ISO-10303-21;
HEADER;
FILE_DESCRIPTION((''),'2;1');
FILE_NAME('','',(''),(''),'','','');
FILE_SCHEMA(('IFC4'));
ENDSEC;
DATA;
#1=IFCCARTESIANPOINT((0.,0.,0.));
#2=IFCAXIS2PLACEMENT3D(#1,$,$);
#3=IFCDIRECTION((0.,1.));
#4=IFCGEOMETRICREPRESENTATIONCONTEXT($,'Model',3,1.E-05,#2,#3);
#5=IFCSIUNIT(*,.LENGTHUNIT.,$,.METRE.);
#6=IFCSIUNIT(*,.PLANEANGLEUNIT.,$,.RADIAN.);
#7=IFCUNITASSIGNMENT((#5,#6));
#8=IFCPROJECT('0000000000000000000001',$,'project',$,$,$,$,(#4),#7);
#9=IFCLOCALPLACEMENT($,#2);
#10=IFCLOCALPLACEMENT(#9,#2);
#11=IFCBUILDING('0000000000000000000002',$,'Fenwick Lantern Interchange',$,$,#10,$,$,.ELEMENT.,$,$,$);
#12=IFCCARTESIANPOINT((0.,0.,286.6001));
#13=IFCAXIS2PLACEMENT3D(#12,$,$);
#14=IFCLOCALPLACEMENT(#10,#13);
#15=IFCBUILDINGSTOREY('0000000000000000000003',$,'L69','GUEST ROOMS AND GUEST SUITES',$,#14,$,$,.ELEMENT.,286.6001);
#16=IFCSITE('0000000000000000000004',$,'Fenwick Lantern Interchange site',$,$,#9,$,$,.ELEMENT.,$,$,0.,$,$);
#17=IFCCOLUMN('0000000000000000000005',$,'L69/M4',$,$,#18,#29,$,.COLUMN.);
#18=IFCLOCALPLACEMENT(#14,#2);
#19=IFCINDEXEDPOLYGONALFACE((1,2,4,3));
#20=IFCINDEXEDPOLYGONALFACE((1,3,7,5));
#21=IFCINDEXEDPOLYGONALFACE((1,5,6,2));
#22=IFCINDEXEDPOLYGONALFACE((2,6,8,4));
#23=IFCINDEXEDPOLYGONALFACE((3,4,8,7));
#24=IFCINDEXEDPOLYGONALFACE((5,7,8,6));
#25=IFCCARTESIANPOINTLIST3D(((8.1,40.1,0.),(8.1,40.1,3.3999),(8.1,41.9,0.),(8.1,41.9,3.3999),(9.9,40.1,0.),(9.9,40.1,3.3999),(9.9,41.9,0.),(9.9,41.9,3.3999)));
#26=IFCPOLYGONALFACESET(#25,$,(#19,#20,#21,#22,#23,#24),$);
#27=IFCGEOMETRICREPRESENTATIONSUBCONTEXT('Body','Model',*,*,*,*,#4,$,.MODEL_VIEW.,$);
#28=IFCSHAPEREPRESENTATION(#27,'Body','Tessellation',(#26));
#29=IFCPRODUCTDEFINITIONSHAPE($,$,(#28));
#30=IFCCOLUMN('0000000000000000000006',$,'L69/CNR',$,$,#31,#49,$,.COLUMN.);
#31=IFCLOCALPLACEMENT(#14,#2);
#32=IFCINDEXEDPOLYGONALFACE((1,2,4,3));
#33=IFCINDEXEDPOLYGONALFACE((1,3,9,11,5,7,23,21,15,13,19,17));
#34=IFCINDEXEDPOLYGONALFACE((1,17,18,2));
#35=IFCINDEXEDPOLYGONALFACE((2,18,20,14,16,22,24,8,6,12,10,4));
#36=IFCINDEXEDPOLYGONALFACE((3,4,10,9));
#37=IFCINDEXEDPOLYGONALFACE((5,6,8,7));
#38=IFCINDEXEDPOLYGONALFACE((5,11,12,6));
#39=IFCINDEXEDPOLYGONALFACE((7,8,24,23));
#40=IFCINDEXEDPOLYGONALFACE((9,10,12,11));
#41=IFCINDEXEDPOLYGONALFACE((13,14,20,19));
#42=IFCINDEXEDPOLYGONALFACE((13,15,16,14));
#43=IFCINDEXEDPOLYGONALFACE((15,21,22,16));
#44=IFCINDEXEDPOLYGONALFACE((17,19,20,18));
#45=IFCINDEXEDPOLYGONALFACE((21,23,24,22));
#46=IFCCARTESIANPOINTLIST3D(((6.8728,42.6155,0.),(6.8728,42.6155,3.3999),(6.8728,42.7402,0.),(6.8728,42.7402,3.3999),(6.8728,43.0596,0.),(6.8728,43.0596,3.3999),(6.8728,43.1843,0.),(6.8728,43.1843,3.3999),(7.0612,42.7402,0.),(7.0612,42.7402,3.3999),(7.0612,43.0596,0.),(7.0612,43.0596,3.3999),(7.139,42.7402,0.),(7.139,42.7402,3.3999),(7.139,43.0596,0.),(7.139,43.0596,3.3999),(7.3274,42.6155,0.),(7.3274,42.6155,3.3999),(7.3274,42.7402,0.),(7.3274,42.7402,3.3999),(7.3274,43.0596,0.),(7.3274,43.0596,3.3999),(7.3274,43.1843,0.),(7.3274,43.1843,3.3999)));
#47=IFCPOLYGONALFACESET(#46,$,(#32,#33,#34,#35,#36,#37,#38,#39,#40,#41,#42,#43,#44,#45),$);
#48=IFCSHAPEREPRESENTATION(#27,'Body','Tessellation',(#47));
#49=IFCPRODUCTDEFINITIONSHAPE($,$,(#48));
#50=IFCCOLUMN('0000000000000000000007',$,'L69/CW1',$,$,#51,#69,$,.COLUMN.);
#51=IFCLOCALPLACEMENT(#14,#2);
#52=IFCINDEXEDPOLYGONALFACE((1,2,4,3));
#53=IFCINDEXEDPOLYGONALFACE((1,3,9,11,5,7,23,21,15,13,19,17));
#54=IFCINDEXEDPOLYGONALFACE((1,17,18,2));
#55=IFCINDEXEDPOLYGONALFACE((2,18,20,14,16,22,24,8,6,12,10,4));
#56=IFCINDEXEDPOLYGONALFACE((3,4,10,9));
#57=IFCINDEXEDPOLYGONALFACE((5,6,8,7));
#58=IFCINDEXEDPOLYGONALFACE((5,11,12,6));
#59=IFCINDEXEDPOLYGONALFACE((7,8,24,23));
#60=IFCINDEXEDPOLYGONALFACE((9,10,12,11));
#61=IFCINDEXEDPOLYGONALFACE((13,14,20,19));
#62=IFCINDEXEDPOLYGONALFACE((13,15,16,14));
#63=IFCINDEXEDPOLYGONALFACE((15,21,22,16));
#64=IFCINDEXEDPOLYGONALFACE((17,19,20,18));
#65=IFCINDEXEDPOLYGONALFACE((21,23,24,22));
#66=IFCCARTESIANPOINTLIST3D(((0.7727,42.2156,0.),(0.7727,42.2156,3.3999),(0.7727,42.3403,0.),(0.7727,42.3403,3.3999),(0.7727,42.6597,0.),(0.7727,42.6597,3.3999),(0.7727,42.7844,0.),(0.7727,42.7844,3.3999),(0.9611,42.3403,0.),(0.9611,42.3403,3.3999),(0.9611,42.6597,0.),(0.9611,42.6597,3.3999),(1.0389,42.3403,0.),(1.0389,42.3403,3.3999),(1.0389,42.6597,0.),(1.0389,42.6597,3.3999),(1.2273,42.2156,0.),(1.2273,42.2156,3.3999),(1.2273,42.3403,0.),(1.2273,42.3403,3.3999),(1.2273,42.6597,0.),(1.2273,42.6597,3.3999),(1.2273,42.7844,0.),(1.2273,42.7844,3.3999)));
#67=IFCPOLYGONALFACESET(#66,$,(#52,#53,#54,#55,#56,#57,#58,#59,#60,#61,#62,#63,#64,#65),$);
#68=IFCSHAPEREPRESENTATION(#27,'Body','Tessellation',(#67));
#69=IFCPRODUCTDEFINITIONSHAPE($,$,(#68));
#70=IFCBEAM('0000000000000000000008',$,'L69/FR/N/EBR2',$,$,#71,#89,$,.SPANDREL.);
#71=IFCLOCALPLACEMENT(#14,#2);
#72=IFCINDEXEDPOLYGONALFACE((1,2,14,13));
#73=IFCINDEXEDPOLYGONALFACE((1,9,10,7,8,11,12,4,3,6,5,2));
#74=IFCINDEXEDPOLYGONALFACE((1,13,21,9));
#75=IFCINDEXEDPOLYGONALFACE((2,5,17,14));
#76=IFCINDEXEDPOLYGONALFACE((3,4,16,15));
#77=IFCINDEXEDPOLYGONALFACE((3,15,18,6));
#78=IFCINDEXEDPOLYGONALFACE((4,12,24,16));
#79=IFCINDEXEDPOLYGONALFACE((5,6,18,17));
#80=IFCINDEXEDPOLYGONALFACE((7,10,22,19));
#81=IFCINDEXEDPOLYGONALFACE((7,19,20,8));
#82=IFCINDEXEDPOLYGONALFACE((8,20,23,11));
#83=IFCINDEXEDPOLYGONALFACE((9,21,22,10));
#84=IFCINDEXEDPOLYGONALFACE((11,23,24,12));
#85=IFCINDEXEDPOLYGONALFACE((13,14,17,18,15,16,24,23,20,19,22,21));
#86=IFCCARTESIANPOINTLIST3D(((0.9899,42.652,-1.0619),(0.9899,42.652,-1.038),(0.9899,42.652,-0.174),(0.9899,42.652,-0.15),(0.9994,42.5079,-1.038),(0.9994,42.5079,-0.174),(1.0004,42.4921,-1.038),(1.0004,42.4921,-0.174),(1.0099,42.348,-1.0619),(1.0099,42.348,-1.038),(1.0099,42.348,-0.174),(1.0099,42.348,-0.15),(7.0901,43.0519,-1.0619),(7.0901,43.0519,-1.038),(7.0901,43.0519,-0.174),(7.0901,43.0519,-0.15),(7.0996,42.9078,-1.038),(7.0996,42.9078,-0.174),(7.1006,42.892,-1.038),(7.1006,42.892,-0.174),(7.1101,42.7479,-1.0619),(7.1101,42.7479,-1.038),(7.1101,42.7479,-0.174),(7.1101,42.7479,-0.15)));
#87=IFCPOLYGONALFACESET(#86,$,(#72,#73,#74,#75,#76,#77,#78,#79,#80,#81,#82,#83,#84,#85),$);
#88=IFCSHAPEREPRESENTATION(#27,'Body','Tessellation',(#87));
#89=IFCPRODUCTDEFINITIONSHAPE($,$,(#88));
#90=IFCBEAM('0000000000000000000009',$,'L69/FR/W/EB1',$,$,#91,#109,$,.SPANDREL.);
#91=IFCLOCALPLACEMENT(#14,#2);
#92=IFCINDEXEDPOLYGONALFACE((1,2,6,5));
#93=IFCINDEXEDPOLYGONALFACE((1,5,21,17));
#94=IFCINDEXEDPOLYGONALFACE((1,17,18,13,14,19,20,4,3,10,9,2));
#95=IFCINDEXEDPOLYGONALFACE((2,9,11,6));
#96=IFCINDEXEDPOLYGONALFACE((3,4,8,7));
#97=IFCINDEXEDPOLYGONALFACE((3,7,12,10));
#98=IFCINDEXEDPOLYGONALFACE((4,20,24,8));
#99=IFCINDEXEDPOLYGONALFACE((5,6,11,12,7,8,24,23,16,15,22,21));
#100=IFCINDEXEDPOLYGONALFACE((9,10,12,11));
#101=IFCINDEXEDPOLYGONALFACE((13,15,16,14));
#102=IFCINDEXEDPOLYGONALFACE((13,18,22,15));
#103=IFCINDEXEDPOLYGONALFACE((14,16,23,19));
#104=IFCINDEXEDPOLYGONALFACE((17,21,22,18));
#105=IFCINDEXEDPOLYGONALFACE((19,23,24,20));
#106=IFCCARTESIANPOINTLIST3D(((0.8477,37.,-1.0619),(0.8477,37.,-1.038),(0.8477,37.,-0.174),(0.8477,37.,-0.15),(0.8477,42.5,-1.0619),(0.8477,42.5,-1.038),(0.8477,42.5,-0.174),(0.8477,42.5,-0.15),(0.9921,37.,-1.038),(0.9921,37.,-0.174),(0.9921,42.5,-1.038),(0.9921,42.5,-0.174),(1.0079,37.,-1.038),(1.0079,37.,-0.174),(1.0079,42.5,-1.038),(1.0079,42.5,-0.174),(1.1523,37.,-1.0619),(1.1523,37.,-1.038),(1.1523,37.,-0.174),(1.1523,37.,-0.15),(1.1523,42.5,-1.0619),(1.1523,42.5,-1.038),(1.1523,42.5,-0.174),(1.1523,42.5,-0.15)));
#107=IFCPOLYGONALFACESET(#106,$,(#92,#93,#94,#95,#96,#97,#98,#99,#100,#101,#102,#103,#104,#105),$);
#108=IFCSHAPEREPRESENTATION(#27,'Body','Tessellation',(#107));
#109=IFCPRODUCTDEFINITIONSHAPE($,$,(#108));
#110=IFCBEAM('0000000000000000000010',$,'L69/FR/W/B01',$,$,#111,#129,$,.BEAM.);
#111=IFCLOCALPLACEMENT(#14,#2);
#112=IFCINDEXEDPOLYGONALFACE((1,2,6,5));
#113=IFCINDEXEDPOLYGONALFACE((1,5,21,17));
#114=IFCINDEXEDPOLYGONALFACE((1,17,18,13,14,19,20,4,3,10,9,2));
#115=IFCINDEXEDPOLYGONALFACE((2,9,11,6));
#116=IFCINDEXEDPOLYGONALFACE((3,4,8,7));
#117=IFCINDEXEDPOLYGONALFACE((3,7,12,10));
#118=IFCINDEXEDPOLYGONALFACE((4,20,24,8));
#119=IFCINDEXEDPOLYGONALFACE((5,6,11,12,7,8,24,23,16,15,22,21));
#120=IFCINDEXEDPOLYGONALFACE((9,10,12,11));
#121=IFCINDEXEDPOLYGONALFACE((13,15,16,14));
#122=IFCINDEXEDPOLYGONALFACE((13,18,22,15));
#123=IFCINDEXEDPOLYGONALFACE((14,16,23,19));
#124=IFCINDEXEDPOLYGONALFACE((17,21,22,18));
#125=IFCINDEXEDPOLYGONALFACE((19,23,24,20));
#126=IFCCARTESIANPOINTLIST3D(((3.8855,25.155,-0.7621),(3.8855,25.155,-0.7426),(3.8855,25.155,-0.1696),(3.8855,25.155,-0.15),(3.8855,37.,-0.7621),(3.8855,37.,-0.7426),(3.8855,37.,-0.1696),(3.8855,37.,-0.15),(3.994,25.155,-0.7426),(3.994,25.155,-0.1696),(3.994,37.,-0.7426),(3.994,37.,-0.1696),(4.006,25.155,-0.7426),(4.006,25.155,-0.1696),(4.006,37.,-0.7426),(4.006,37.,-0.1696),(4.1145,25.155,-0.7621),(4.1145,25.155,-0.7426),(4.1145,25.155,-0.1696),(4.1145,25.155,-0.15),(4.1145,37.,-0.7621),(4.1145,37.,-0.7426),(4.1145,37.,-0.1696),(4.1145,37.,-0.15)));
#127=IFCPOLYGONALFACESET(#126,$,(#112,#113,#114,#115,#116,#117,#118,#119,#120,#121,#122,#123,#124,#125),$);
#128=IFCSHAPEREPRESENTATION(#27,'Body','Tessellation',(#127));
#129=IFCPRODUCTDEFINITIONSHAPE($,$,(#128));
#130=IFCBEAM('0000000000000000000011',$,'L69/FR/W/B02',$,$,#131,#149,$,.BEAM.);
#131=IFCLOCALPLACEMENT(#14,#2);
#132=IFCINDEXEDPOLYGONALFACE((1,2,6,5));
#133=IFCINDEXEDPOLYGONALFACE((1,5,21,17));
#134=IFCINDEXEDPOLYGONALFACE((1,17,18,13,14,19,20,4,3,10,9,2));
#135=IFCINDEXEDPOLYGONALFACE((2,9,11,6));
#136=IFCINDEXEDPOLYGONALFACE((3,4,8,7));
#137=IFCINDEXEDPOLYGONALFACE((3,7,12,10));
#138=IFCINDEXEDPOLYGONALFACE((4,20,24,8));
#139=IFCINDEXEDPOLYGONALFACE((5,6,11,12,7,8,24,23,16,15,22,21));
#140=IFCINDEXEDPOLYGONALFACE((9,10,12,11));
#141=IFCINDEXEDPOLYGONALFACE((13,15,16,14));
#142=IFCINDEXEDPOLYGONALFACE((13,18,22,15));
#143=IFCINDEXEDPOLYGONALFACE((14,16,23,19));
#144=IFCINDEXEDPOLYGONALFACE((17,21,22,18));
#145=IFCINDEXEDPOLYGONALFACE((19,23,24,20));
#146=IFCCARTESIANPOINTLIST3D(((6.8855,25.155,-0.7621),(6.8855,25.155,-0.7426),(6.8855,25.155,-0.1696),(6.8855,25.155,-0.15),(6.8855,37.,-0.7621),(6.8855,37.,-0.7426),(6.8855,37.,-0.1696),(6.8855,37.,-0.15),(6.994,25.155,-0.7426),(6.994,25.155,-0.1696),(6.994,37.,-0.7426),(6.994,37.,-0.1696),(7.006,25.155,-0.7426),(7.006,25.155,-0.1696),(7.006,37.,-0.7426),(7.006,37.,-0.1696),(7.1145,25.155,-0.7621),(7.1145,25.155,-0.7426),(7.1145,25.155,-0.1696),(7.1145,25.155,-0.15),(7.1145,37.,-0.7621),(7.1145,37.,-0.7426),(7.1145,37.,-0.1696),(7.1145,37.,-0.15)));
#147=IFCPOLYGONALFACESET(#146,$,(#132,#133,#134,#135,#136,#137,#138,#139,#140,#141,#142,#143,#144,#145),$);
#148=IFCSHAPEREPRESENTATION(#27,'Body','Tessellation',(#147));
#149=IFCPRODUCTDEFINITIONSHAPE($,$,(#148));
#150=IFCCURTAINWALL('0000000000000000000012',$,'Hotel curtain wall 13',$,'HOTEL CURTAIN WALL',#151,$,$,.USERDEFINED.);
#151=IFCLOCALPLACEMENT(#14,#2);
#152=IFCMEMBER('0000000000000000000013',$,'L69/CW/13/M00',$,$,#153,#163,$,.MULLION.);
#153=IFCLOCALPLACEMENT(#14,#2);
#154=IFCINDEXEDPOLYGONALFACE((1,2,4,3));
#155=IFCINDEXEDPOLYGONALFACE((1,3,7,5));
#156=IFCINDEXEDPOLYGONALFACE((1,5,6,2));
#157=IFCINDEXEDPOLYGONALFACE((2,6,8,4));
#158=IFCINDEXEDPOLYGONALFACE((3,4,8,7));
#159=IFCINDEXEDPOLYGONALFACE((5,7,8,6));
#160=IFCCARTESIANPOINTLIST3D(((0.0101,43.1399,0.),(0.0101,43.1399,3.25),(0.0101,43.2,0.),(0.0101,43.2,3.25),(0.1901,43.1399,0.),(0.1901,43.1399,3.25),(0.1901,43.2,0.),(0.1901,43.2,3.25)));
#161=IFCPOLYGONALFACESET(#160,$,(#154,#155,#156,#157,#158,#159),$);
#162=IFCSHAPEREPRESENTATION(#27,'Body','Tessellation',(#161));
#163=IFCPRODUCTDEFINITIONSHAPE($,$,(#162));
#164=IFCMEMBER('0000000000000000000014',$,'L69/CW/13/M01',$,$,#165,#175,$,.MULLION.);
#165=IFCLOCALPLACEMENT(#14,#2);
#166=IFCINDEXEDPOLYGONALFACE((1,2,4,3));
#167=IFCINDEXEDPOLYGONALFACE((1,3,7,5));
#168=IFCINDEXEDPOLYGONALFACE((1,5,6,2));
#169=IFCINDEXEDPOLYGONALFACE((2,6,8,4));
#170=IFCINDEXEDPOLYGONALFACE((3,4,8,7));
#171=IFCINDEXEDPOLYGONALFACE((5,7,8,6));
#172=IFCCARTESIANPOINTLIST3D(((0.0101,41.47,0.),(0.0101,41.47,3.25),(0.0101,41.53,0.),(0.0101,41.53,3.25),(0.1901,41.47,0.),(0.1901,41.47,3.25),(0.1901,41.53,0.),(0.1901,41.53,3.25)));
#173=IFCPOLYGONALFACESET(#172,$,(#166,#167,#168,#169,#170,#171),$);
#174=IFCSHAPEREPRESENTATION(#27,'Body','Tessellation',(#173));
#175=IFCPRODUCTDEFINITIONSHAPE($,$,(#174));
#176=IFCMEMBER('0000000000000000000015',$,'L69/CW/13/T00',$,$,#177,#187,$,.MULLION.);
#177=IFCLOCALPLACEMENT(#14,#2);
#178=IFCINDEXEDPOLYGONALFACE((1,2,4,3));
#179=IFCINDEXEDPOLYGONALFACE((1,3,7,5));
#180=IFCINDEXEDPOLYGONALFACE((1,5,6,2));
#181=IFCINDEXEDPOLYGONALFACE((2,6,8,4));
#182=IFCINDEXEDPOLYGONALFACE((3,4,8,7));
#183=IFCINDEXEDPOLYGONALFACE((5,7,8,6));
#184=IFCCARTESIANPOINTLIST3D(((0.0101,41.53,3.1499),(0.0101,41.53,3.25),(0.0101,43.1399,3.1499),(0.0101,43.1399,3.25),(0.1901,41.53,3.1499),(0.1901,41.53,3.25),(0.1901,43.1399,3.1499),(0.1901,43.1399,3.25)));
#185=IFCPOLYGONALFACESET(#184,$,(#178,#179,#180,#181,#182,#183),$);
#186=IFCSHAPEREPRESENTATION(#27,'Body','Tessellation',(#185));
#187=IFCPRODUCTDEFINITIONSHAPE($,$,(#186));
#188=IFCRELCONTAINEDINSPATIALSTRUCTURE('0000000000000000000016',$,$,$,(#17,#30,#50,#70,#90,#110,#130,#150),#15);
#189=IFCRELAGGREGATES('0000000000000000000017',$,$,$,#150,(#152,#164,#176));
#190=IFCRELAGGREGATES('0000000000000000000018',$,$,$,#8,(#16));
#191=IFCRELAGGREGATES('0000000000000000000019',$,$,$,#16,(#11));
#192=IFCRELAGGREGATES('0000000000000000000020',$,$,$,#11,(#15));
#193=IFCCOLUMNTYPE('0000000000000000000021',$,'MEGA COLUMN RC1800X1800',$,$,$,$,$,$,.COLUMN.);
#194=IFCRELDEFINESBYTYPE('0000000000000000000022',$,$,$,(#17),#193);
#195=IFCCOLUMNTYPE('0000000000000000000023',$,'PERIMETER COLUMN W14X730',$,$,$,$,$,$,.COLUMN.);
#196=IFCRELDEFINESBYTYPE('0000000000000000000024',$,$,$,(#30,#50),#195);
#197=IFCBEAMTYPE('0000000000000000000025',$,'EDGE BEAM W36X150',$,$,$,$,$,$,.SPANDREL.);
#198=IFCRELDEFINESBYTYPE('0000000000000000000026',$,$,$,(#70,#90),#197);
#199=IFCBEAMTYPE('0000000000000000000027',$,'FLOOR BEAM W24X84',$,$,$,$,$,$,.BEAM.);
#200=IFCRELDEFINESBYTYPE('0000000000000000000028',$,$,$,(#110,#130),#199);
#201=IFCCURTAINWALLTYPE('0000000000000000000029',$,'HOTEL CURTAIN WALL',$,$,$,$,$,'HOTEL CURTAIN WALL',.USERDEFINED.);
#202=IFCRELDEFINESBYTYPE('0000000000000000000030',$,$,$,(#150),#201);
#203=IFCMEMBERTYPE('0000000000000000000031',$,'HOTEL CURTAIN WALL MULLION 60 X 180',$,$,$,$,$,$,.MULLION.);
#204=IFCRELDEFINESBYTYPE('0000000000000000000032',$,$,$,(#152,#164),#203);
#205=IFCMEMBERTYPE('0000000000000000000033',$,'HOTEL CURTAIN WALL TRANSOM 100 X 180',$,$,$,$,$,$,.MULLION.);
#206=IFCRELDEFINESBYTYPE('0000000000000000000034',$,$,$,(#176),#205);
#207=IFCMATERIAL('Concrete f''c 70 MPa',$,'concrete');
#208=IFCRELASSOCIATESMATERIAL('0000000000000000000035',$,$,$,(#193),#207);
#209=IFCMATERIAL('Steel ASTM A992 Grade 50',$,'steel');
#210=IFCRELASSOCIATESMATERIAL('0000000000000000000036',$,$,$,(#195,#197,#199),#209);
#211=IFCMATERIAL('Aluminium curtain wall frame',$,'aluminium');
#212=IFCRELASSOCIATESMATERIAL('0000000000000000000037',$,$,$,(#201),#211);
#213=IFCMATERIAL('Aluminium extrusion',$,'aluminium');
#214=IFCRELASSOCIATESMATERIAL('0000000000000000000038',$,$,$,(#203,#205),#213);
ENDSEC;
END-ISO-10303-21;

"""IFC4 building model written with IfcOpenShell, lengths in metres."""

from ifc_helpers import new_model, si_unit, direction, frame, origin, origin_2d, place, context, subcontext, project, spatial, rectangle, i_section, extrude, material, material_profile, profile_set, type_object, element, aggregate, save


model = new_model("IFC4")

# Units and contexts
model_context = context("Model", 3, precision=1e-05, world=origin(), true_north=direction((0.0, 1.0)))
body_context = subcontext(model_context, "Body", "Model", "MODEL_VIEW")
ifc_project = project(units=[si_unit("LENGTHUNIT", "METRE"), si_unit("PLANEANGLEUNIT", "RADIAN")], contexts=[model_context])

# Site, building, storey
site_placement = place(None, origin())
site = spatial("IfcSite", under=ifc_project, at=site_placement, Name="Fenwick Lantern Interchange site", CompositionType="ELEMENT", RefElevation=0.0)
building_placement = place(site_placement, origin())
building = spatial("IfcBuilding", under=site, at=building_placement, Name="Fenwick Lantern Interchange", CompositionType="ELEMENT")
storey_placement = place(building_placement, frame((0.0, 0.0, 286.6001)))
storey = spatial("IfcBuildingStorey", under=building, at=storey_placement, Name="L69", Description="GUEST ROOMS AND GUEST SUITES", CompositionType="ELEMENT", Elevation=286.6001)

# Columns
ifc_material_1 = material(Name="Concrete f'c 70 MPa", Category="concrete")
ifc_material_profile_1 = material_profile(ifc_material_1, rectangle(XDim=1.8, YDim=1.8, at=origin_2d()), Name="RC1800X1800")
ifc_profile_set_1 = profile_set([ifc_material_profile_1], Name="Concrete f'c 70 MPa")
column_type_1 = type_object("IfcColumnType", Name="MEGA COLUMN RC1800X1800", PredefinedType="COLUMN", material=ifc_profile_set_1)
column_placement = place(storey_placement, frame((9.0, 41.0, 0.0), z_axis=(0.0, 0.0, 1.0), x_axis=(1.0, 0.0, 0.0)))
element("IfcColumn", 1, at=column_placement, inside=storey, type_object=column_type_1, Name="L69/M4", PredefinedType="COLUMN", context=body_context, shape_type="SweptSolid", body=[
    extrude(rectangle(XDim=1.8, YDim=1.8, at=origin_2d()), origin(), (0.0, 0.0, 1.0), 3.3999),
])
ifc_material_2 = material(Name="Steel ASTM A992 Grade 50", Category="steel")
ifc_material_profile_2 = material_profile(ifc_material_2, i_section(OverallWidth=0.4546, OverallDepth=0.5688, WebThickness=0.0779, FlangeThickness=0.1248, at=origin_2d()), Name="W14X730")
ifc_profile_set_2 = profile_set([ifc_material_profile_2], Name="Steel ASTM A992 Grade 50")
column_type_2 = type_object("IfcColumnType", Name="PERIMETER COLUMN W14X730", PredefinedType="COLUMN", material=ifc_profile_set_2)
for number, where, z_axis, x_axis, name in (
    (2, (7.1001, 42.8999, 0.0), (0.0, 0.0, 1.0), (1.0, 0.0, 0.0), "L69/CNR"),
    (3, (1.0, 42.5, 0.0), (0.0, 0.0, 1.0), (1.0, 0.0, 0.0), "L69/CW1"),
):
    element("IfcColumn", number, at=place(storey_placement, frame(where, z_axis=z_axis, x_axis=x_axis)), inside=storey, type_object=column_type_2, Name=name, PredefinedType="COLUMN", context=body_context, shape_type="SweptSolid", body=[
        extrude(i_section(OverallWidth=0.4546, OverallDepth=0.5688, WebThickness=0.0779, FlangeThickness=0.1248, at=origin_2d()), origin(), (0.0, 0.0, 1.0), 3.3999),
    ])

# Beams
ifc_material_profile_3 = material_profile(ifc_material_2, i_section(OverallWidth=0.3047, OverallDepth=0.9119, WebThickness=0.0159, FlangeThickness=0.0239, at=origin_2d()), Name="W36X150")
ifc_profile_set_3 = profile_set([ifc_material_profile_3], Name="Steel ASTM A992 Grade 50")
beam_type_1 = type_object("IfcBeamType", Name="EDGE BEAM W36X150", PredefinedType="SPANDREL", material=ifc_profile_set_3)
beam_1_placement = place(storey_placement, frame((7.1001, 42.8999, -0.606), z_axis=(-0.997858, -0.065416, 0.0), x_axis=(0.065416, -0.997858, 0.0)))
element("IfcBeam", 4, at=beam_1_placement, inside=storey, type_object=beam_type_1, Name="L69/FR/N/EBR2", PredefinedType="SPANDREL", context=body_context, shape_type="SweptSolid", body=[
    extrude(i_section(OverallWidth=0.3047, OverallDepth=0.9119, WebThickness=0.0159, FlangeThickness=0.0239, at=origin_2d()), origin(), (0.0, 0.0, 1.0), 6.1133),
])
beam_2_placement = place(storey_placement, frame((1.0, 42.5, -0.606), z_axis=(0.0, -1.0, 0.0), x_axis=(1.0, 0.0, 0.0)))
element("IfcBeam", 5, at=beam_2_placement, inside=storey, type_object=beam_type_1, Name="L69/FR/W/EB1", PredefinedType="SPANDREL", context=body_context, shape_type="SweptSolid", body=[
    extrude(i_section(OverallWidth=0.3047, OverallDepth=0.9119, WebThickness=0.0159, FlangeThickness=0.0239, at=origin_2d()), origin(), (0.0, 0.0, 1.0), 5.5),
])
ifc_material_profile_4 = material_profile(ifc_material_2, i_section(OverallWidth=0.229, OverallDepth=0.6121, WebThickness=0.012, FlangeThickness=0.0195, at=origin_2d()), Name="W24X84")
ifc_profile_set_4 = profile_set([ifc_material_profile_4], Name="Steel ASTM A992 Grade 50")
beam_type_2 = type_object("IfcBeamType", Name="FLOOR BEAM W24X84", PredefinedType="BEAM", material=ifc_profile_set_4)
for number, where, z_axis, x_axis, name in (
    (6, (4.0, 37.0, -0.4561), (0.0, -1.0, 0.0), (1.0, 0.0, 0.0), "L69/FR/W/B01"),
    (7, (7.0, 37.0, -0.4561), (0.0, -1.0, 0.0), (1.0, 0.0, 0.0), "L69/FR/W/B02"),
):
    element("IfcBeam", number, at=place(storey_placement, frame(where, z_axis=z_axis, x_axis=x_axis)), inside=storey, type_object=beam_type_2, Name=name, PredefinedType="BEAM", context=body_context, shape_type="SweptSolid", body=[
        extrude(i_section(OverallWidth=0.229, OverallDepth=0.6121, WebThickness=0.012, FlangeThickness=0.0195, at=origin_2d()), origin(), (0.0, 0.0, 1.0), 11.845),
    ])

# Curtain wall, members
ifc_material_3 = material(Name="Aluminium curtain wall frame", Category="aluminium")
curtain_wall_type = type_object("IfcCurtainWallType", Name="HOTEL CURTAIN WALL", ElementType="HOTEL CURTAIN WALL", PredefinedType="USERDEFINED", material=ifc_material_3)
curtain_wall_placement = place(storey_placement, origin())
curtain_wall = element("IfcCurtainWall", 8, at=curtain_wall_placement, inside=storey, type_object=curtain_wall_type, Name="Hotel curtain wall 13", ObjectType="HOTEL CURTAIN WALL", PredefinedType="USERDEFINED")
ifc_material_4 = material(Name="Aluminium extrusion", Category="aluminium")
ifc_material_profile_5 = material_profile(ifc_material_4, rectangle(XDim=0.1799, YDim=0.0601, at=origin_2d()), Name="HOTEL CURTAIN WALL MULLION 60 X 180")
ifc_profile_set_5 = profile_set([ifc_material_profile_5], Name="Aluminium extrusion")
member_type_1 = type_object("IfcMemberType", Name="HOTEL CURTAIN WALL MULLION 60 X 180", PredefinedType="MULLION", material=ifc_profile_set_5)
member_1_placement = place(storey_placement, frame((0.1001, 43.1699, 0.0), z_axis=(0.0, 0.0, 1.0), x_axis=(1.0, 0.0, 0.0)))
member_1 = element("IfcMember", 9, at=member_1_placement, type_object=member_type_1, Name="L69/CW/13/M00", PredefinedType="MULLION", context=body_context, shape_type="SweptSolid", body=[
    extrude(rectangle(XDim=0.1799, YDim=0.0601, at=origin_2d()), origin(), (0.0, 0.0, 1.0), 3.25),
])
member_2_placement = place(storey_placement, frame((0.1001, 41.5, 0.0), z_axis=(0.0, 0.0, 1.0), x_axis=(1.0, 0.0, 0.0)))
member_2 = element("IfcMember", 10, at=member_2_placement, type_object=member_type_1, Name="L69/CW/13/M01", PredefinedType="MULLION", context=body_context, shape_type="SweptSolid", body=[
    extrude(rectangle(XDim=0.1799, YDim=0.0601, at=origin_2d()), origin(), (0.0, 0.0, 1.0), 3.25),
])
ifc_material_profile_6 = material_profile(ifc_material_4, rectangle(XDim=0.1799, YDim=0.1001, at=origin_2d()), Name="HOTEL CURTAIN WALL TRANSOM 100 X 180")
ifc_profile_set_6 = profile_set([ifc_material_profile_6], Name="Aluminium extrusion")
member_type_2 = type_object("IfcMemberType", Name="HOTEL CURTAIN WALL TRANSOM 100 X 180", PredefinedType="MULLION", material=ifc_profile_set_6)
member_3_placement = place(storey_placement, frame((0.1001, 43.1399, 3.2), z_axis=(0.0, -1.0, 0.0), x_axis=(1.0, 0.0, 0.0)))
member_3 = element("IfcMember", 11, at=member_3_placement, type_object=member_type_2, Name="L69/CW/13/T00", PredefinedType="MULLION", context=body_context, shape_type="SweptSolid", body=[
    extrude(rectangle(XDim=0.1799, YDim=0.1001, at=origin_2d()), origin(), (0.0, 0.0, 1.0), 1.6099),
])

aggregate(curtain_wall, [member_1, member_2, member_3])

save(model, "model.ifc")
